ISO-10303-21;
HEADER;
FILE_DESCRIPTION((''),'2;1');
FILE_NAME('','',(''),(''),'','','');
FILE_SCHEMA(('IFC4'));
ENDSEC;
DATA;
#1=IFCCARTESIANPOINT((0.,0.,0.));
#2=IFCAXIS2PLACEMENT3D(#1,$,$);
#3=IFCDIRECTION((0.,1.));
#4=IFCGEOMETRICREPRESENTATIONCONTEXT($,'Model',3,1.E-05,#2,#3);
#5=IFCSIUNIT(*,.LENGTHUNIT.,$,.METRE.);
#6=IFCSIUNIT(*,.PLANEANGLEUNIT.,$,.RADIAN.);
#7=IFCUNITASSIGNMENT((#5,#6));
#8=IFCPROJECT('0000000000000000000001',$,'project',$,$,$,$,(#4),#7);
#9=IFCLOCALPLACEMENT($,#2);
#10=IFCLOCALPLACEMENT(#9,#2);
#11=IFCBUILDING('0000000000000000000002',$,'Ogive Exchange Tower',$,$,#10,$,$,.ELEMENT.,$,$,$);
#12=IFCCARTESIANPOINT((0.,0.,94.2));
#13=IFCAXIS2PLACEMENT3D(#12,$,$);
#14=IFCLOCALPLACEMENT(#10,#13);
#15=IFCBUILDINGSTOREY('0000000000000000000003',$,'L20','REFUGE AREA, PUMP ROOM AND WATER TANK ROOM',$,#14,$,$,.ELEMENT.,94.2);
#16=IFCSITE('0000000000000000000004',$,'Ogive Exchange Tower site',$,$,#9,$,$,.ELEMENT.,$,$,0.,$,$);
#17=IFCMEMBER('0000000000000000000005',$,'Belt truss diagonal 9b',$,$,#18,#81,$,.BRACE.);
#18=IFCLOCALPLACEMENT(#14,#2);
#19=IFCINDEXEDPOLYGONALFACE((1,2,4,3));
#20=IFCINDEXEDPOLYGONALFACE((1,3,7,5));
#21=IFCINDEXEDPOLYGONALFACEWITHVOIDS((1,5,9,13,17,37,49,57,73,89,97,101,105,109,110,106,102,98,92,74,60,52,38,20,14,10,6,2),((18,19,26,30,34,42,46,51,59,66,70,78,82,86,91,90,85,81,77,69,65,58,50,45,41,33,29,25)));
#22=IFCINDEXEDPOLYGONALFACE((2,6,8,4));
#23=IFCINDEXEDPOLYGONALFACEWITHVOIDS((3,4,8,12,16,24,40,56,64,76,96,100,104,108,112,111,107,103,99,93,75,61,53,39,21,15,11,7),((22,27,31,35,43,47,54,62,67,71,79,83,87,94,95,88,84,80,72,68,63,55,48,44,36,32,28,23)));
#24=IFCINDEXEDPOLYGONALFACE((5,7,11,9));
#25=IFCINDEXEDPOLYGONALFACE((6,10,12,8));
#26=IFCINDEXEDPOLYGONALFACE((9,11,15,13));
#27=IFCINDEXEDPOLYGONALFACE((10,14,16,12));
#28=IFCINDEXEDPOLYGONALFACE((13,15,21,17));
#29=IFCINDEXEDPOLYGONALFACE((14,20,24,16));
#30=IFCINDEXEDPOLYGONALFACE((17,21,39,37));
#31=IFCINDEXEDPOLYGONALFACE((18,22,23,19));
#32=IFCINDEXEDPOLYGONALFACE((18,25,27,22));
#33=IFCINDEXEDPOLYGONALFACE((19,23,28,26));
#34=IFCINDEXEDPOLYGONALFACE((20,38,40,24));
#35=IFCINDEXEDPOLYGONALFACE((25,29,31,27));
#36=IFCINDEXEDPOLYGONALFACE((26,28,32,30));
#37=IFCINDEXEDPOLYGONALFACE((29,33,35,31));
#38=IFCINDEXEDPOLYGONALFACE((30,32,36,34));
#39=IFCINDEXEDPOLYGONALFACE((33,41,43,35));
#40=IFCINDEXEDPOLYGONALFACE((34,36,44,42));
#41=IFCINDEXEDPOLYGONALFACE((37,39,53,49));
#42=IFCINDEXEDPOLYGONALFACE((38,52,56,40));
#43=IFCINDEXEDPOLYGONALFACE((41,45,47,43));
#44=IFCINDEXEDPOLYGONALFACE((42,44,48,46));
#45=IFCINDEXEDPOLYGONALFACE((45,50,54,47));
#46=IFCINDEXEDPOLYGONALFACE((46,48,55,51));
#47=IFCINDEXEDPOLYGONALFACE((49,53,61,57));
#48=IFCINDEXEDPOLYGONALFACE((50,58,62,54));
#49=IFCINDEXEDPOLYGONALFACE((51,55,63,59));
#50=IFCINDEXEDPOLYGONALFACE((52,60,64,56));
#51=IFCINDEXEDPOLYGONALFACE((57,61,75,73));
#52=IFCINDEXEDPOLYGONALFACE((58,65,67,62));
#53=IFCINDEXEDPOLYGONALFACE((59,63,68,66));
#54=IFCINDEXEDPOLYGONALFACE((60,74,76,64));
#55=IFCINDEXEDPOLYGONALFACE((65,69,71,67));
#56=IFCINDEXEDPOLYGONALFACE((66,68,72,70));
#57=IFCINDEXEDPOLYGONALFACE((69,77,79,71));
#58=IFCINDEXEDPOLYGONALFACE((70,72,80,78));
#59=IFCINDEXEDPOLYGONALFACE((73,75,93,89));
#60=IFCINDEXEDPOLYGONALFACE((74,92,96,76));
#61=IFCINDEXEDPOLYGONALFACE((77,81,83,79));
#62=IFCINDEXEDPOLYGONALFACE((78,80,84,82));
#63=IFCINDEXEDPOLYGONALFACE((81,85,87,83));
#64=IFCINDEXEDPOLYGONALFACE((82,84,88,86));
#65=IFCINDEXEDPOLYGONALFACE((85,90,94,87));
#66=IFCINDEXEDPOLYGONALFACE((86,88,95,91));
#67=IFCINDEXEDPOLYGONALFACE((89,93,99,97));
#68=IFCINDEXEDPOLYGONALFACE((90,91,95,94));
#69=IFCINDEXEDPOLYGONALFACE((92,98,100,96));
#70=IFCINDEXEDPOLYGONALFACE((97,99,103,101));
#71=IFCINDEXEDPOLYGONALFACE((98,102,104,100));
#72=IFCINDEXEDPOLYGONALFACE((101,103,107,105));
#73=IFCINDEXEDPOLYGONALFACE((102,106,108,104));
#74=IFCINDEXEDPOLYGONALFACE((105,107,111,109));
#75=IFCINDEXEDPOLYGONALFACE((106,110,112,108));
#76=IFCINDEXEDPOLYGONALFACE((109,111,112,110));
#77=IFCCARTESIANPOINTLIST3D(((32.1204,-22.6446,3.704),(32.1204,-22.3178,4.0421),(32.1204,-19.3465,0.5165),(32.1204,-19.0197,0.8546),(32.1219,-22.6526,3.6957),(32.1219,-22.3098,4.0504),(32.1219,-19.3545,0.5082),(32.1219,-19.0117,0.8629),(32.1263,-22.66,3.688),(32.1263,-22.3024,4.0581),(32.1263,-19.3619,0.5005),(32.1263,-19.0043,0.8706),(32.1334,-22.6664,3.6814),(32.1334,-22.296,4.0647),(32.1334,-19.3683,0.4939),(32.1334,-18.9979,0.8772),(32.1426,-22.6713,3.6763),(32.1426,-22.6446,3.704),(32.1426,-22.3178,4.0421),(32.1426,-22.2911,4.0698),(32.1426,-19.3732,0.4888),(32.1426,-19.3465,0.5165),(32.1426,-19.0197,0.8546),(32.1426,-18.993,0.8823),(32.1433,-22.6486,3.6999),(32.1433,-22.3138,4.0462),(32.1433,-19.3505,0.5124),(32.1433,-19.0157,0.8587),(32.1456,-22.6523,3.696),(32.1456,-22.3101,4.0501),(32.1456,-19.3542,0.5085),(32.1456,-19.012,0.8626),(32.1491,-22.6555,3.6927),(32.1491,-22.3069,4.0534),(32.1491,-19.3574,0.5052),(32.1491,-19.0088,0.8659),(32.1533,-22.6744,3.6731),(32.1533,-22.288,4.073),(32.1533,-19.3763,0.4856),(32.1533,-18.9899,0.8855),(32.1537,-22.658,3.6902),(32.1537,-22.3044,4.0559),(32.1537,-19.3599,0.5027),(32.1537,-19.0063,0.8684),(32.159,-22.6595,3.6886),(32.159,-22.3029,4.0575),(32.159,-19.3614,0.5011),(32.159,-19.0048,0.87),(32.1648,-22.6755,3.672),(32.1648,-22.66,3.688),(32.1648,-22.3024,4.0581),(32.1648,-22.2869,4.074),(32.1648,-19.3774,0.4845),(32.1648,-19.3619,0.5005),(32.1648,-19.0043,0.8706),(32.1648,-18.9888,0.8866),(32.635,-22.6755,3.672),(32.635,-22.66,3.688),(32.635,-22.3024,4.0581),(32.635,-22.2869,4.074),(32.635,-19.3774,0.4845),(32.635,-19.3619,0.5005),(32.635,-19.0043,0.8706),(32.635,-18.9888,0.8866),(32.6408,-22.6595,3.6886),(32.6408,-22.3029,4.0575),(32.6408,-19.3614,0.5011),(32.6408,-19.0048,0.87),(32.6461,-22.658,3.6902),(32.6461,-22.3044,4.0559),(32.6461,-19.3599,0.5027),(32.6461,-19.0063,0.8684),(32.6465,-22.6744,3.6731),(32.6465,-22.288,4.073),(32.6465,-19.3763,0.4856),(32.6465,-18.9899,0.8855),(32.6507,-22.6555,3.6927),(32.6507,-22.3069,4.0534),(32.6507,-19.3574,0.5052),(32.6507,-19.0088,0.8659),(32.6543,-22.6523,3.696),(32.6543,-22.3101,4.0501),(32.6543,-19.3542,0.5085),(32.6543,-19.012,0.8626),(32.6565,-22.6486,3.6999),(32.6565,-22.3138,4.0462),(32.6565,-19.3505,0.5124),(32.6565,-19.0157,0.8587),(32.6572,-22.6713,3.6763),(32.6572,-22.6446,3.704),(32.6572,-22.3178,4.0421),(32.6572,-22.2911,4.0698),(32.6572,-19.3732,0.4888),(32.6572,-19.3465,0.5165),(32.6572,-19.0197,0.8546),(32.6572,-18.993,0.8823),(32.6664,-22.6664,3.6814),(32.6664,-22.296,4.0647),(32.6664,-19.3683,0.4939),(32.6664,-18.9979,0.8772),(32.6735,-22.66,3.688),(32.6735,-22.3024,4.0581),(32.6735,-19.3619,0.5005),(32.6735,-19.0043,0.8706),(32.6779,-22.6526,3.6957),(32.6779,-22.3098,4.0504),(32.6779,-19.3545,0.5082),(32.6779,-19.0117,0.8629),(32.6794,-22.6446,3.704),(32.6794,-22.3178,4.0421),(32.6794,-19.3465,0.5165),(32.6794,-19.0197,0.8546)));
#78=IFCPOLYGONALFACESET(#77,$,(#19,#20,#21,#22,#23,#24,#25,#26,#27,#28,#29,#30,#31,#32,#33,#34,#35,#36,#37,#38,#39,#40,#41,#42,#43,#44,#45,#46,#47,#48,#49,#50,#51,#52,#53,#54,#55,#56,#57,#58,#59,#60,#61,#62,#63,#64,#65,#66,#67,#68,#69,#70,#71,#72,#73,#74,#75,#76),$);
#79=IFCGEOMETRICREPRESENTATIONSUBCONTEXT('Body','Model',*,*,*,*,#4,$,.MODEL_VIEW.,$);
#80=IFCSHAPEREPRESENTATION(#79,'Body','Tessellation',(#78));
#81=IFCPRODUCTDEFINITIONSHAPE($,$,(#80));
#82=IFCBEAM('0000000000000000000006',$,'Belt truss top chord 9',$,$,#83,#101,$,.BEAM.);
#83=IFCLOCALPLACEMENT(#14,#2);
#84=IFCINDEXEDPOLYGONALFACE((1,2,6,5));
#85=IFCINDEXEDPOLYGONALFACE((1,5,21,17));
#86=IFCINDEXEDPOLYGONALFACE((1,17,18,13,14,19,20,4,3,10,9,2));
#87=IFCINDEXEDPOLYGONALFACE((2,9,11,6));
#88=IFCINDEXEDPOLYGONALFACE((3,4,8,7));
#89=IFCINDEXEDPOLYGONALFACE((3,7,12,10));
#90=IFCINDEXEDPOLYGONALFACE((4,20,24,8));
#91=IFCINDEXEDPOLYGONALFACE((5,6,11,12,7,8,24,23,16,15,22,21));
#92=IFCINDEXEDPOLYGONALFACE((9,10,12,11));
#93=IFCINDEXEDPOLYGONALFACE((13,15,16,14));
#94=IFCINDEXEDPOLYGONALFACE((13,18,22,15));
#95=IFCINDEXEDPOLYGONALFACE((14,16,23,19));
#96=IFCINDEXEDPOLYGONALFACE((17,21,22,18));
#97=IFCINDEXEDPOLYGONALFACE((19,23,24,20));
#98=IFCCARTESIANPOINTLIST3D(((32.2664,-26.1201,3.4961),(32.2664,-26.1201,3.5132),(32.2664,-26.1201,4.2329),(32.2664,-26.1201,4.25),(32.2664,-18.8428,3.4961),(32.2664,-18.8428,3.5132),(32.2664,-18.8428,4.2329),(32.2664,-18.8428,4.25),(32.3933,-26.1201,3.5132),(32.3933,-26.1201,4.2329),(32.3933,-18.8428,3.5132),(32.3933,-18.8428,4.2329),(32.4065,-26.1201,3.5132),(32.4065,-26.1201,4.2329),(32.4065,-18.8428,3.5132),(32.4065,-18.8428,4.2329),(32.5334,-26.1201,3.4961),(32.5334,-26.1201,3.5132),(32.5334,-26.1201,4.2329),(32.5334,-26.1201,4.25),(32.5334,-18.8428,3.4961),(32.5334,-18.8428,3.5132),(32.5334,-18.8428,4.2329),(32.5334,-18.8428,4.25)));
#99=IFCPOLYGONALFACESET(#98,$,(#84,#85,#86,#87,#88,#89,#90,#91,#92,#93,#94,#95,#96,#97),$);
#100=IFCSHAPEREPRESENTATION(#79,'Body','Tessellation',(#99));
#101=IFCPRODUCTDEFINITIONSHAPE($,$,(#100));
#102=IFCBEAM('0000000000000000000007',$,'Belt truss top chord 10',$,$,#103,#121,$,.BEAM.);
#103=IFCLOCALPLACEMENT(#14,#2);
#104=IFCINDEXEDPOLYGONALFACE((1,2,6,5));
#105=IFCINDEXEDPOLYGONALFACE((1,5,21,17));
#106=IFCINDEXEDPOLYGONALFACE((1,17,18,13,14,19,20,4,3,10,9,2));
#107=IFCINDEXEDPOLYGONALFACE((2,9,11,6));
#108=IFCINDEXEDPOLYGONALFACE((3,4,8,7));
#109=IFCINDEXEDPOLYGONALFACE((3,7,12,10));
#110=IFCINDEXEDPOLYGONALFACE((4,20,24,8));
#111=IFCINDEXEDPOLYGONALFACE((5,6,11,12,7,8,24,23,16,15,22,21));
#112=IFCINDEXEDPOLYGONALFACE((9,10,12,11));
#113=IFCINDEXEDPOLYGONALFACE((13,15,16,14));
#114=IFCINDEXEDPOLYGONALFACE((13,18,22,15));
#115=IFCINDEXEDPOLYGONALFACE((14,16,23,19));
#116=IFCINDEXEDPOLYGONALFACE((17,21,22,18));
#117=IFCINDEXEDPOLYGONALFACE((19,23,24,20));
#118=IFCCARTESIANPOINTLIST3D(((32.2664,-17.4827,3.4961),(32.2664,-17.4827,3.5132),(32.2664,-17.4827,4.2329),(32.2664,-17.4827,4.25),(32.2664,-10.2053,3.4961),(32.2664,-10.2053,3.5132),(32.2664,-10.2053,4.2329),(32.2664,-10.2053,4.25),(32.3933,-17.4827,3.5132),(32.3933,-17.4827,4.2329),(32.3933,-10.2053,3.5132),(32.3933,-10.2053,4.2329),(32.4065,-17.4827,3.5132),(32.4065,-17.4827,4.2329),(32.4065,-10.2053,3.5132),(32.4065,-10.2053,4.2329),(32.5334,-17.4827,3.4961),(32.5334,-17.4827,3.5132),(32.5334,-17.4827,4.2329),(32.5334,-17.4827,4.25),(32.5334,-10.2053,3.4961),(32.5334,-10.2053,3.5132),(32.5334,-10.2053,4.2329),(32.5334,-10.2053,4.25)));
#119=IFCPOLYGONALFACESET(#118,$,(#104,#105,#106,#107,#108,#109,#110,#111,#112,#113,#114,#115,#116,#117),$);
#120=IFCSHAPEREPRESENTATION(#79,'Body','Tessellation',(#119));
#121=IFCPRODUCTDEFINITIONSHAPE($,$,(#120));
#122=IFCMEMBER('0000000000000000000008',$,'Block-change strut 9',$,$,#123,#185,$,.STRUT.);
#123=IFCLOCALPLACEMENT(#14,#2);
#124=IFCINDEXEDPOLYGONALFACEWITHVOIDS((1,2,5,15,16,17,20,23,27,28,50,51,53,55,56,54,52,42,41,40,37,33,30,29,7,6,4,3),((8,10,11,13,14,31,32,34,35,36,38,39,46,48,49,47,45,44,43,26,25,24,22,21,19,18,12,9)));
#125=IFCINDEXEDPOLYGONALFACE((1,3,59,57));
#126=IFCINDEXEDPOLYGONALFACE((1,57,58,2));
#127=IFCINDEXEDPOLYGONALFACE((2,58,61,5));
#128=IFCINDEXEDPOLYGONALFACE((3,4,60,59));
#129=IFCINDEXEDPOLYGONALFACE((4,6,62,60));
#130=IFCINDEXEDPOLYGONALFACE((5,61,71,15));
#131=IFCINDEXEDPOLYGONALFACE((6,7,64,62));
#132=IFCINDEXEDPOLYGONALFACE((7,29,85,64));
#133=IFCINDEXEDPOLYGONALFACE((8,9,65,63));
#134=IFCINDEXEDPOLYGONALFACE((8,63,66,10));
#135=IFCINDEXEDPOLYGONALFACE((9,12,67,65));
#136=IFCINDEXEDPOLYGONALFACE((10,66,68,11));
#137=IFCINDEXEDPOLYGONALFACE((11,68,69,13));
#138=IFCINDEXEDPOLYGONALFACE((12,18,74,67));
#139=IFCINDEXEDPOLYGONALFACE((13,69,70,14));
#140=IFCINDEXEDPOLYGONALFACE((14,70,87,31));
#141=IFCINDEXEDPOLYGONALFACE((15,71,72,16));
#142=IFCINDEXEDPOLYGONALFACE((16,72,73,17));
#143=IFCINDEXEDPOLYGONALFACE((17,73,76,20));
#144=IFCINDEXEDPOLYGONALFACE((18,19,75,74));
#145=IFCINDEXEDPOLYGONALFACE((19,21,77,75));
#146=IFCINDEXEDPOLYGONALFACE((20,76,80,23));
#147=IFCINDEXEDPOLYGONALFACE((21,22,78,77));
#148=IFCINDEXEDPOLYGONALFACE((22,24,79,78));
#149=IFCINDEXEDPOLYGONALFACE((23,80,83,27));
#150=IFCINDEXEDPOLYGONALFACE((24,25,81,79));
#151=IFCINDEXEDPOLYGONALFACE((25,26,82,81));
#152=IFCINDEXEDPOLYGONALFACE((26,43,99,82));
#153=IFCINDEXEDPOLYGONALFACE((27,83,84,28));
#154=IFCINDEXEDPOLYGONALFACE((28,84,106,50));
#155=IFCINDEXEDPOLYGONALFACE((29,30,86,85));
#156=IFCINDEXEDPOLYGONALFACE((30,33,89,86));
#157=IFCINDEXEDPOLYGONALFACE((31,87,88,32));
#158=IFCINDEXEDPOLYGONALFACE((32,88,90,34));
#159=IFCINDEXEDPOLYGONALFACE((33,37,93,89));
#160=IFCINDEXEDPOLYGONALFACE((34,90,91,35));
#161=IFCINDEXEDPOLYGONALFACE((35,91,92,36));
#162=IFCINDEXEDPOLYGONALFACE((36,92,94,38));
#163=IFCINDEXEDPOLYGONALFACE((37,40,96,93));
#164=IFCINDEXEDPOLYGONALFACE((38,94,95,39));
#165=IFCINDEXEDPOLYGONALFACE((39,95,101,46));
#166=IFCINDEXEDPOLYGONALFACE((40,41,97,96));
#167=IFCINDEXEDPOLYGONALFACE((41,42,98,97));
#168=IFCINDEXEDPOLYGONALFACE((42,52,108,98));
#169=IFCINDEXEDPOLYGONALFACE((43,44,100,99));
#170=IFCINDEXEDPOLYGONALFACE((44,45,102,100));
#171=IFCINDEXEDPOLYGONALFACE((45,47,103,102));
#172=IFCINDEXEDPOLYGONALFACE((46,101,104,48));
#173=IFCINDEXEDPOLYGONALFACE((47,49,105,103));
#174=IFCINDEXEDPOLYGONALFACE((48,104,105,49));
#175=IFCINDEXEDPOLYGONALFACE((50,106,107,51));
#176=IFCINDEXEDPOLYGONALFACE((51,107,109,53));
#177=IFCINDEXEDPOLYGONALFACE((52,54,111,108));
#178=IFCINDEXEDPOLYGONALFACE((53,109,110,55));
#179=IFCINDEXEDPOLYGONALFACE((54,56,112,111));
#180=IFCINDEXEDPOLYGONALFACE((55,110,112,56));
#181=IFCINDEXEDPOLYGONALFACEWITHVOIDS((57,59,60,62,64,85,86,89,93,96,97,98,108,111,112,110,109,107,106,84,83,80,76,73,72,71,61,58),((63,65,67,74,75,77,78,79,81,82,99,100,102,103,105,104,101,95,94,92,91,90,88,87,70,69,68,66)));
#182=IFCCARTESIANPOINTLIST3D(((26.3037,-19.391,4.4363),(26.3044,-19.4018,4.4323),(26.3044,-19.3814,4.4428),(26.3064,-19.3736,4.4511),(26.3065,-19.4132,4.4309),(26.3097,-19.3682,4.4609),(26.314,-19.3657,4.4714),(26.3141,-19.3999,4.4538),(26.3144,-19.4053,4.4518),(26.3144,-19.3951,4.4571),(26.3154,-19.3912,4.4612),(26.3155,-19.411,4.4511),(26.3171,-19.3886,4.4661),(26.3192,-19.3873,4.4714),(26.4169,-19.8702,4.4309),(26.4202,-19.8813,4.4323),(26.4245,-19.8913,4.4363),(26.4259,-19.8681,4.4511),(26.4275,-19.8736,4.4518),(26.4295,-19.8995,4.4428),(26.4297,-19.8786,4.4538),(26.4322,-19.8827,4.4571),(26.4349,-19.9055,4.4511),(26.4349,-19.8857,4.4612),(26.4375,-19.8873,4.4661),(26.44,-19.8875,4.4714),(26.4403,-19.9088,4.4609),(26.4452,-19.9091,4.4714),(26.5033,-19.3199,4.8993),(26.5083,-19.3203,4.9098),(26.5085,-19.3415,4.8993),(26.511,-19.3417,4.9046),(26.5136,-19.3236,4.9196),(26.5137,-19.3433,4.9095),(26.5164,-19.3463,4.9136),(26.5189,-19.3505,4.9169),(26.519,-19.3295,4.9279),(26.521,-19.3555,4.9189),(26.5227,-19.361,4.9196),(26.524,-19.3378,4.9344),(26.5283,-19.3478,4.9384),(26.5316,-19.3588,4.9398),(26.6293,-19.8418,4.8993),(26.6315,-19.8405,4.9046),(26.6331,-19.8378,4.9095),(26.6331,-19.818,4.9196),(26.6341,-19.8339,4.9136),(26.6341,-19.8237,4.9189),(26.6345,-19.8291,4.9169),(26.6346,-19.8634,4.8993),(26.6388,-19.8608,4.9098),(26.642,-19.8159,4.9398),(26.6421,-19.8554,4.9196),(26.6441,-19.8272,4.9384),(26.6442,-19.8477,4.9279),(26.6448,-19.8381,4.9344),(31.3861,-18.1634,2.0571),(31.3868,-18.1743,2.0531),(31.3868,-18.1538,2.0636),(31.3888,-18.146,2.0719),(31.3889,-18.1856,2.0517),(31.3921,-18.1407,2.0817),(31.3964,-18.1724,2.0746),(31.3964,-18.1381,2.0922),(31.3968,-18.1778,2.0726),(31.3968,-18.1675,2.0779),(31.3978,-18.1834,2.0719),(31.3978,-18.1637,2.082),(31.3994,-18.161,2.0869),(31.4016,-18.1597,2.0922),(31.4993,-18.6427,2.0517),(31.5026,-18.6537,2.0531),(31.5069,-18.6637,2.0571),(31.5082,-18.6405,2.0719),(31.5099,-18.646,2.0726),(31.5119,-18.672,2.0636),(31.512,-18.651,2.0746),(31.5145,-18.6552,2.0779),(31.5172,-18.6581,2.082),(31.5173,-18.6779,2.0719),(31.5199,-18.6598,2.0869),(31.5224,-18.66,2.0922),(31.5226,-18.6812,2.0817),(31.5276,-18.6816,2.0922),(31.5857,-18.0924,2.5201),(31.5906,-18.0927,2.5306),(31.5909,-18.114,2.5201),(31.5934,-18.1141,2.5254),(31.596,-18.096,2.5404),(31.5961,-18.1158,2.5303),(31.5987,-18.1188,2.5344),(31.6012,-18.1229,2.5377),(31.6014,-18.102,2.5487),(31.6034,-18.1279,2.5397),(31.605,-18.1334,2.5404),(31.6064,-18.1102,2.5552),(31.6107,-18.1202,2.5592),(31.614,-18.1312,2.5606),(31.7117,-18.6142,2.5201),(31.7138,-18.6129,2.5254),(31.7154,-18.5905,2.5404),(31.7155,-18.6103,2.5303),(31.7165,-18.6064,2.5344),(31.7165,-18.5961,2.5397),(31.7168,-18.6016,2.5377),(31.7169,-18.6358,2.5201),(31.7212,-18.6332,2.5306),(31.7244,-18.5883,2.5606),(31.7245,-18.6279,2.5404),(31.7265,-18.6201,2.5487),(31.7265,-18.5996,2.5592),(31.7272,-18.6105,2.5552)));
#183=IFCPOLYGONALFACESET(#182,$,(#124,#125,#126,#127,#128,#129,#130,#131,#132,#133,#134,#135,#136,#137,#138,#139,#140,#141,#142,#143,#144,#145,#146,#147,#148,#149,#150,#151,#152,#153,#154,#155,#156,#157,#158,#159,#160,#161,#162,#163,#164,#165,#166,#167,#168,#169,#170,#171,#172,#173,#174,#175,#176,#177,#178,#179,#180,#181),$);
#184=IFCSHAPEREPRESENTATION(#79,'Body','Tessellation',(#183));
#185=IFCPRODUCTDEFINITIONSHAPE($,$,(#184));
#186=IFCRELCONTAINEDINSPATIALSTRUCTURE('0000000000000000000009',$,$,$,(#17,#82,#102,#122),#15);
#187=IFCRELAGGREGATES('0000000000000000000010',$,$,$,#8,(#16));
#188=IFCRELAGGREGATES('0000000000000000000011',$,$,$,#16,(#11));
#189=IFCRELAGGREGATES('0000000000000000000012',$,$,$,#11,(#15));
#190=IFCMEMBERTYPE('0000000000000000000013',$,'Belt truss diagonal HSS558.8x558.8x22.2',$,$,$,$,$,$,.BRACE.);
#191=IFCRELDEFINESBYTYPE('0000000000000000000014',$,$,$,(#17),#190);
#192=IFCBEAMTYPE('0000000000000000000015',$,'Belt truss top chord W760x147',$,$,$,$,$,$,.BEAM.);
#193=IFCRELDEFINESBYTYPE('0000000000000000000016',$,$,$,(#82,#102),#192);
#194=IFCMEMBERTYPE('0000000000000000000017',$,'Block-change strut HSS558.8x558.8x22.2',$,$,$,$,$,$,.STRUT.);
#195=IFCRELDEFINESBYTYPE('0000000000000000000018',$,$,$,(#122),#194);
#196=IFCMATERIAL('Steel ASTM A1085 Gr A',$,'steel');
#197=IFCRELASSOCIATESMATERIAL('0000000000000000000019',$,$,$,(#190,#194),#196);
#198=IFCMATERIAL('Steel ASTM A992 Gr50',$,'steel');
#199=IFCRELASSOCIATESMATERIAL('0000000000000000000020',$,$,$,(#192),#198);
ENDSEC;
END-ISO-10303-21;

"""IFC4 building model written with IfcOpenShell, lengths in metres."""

from ifc_helpers import new_model, si_unit, direction, frame, origin, origin_2d, place, context, subcontext, project, spatial, hollow_rectangle, i_section, extrude, material, material_profile, profile_set, type_object, element, save


model = new_model("IFC4")

# Units and contexts
model_context = context("Model", 3, precision=1e-05, world=origin(), true_north=direction((0.0, 1.0)))
body_context = subcontext(model_context, "Body", "Model", "MODEL_VIEW")
ifc_project = project(units=[si_unit("LENGTHUNIT", "METRE"), si_unit("PLANEANGLEUNIT", "RADIAN")], contexts=[model_context])

# Site, building, storey
site_placement = place(None, origin())
site = spatial("IfcSite", under=ifc_project, at=site_placement, Name="Ogive Exchange Tower site", CompositionType="ELEMENT", RefElevation=0.0)
building_placement = place(site_placement, origin())
building = spatial("IfcBuilding", under=site, at=building_placement, Name="Ogive Exchange Tower", CompositionType="ELEMENT")
storey_placement = place(building_placement, frame((0.0, 0.0, 94.2)))
storey = spatial("IfcBuildingStorey", under=building, at=storey_placement, Name="L20", Description="REFUGE AREA, PUMP ROOM AND WATER TANK ROOM", CompositionType="ELEMENT", Elevation=94.2)

# Shared definitions
ifc_material_1 = material(Name="Steel ASTM A992 Gr50", Category="steel")

# Member
ifc_material_2 = material(Name="Steel ASTM A1085 Gr A", Category="steel")
ifc_material_profile_1 = material_profile(ifc_material_2, hollow_rectangle(XDim=0.5591, YDim=0.5591, WallThickness=0.0222, InnerFilletRadius=0.0222, OuterFilletRadius=0.0444, at=origin_2d()), Name="HSS558.8x558.8x22.2")
ifc_profile_set_1 = profile_set([ifc_material_profile_1], Name="Steel ASTM A1085 Gr A")
member_type_1 = type_object("IfcMemberType", Name="Belt truss diagonal HSS558.8x558.8x22.2", PredefinedType="BRACE", material=ifc_profile_set_1)
member_1_placement = place(storey_placement, frame((32.3999, -19.1831, 0.6855), z_axis=(0.0, -0.71906, 0.694948), x_axis=(1.0, 0.0, 0.0)))
element("IfcMember", 1, at=member_1_placement, inside=storey, type_object=member_type_1, Name="Belt truss diagonal 9b", PredefinedType="BRACE", context=body_context, shape_type="SweptSolid", body=[
    extrude(hollow_rectangle(XDim=0.5591, YDim=0.5591, WallThickness=0.0222, InnerFilletRadius=0.0222, OuterFilletRadius=0.0444, at=origin_2d()), origin(), (0.0, 0.0, 1.0), 4.5867),
])

# Beams
ifc_material_profile_2 = material_profile(ifc_material_1, i_section(OverallWidth=0.2671, OverallDepth=0.7539, WebThickness=0.0132, FlangeThickness=0.0171, at=origin_2d()), Name="W760x147")
ifc_profile_set_2 = profile_set([ifc_material_profile_2], Name="Steel ASTM A992 Gr50")
beam_type_1 = type_object("IfcBeamType", Name="Belt truss top chord W760x147", PredefinedType="BEAM", material=ifc_profile_set_2)
for number, where, z_axis, x_axis, name in (
    (2, (32.3999, -26.1201, 3.873), (0.0, 1.0, 0.0), (-1.0, 0.0, 0.0), "Belt truss top chord 9"),
    (3, (32.3999, -17.4827, 3.873), (0.0, 1.0, 0.0), (-1.0, 0.0, 0.0), "Belt truss top chord 10"),
):
    element("IfcBeam", number, at=place(storey_placement, frame(where, z_axis=z_axis, x_axis=x_axis)), inside=storey, type_object=beam_type_1, Name=name, PredefinedType="BEAM", context=body_context, shape_type="SweptSolid", body=[
        extrude(i_section(OverallWidth=0.2671, OverallDepth=0.7539, WebThickness=0.0132, FlangeThickness=0.0171, at=origin_2d()), origin(), (0.0, 0.0, 1.0), 7.2773),
    ])

# Member
ifc_material_profile_3 = material_profile(ifc_material_2, hollow_rectangle(XDim=0.5591, YDim=0.5591, WallThickness=0.0222, InnerFilletRadius=0.0222, OuterFilletRadius=0.0444, at=origin_2d()), Name="HSS558.8x558.8x22.2")
ifc_profile_set_3 = profile_set([ifc_material_profile_3], Name="Steel ASTM A1085 Gr A")
member_type_2 = type_object("IfcMemberType", Name="Block-change strut HSS558.8x558.8x22.2", PredefinedType="STRUT", material=ifc_profile_set_3)
member_2_placement = place(storey_placement, frame((31.5566, -18.387, 2.3062), z_axis=(-0.884754, -0.213698, 0.414177), x_axis=(0.234782, -0.972048, 0.0)))
element("IfcMember", 4, at=member_2_placement, inside=storey, type_object=member_type_2, Name="Block-change strut 9", PredefinedType="STRUT", context=body_context, shape_type="SweptSolid", body=[
    extrude(hollow_rectangle(XDim=0.5591, YDim=0.5591, WallThickness=0.0222, InnerFilletRadius=0.0222, OuterFilletRadius=0.0444, at=origin_2d()), origin(), (0.0, 0.0, 1.0), 5.7444),
])

save(model, "model.ifc")
